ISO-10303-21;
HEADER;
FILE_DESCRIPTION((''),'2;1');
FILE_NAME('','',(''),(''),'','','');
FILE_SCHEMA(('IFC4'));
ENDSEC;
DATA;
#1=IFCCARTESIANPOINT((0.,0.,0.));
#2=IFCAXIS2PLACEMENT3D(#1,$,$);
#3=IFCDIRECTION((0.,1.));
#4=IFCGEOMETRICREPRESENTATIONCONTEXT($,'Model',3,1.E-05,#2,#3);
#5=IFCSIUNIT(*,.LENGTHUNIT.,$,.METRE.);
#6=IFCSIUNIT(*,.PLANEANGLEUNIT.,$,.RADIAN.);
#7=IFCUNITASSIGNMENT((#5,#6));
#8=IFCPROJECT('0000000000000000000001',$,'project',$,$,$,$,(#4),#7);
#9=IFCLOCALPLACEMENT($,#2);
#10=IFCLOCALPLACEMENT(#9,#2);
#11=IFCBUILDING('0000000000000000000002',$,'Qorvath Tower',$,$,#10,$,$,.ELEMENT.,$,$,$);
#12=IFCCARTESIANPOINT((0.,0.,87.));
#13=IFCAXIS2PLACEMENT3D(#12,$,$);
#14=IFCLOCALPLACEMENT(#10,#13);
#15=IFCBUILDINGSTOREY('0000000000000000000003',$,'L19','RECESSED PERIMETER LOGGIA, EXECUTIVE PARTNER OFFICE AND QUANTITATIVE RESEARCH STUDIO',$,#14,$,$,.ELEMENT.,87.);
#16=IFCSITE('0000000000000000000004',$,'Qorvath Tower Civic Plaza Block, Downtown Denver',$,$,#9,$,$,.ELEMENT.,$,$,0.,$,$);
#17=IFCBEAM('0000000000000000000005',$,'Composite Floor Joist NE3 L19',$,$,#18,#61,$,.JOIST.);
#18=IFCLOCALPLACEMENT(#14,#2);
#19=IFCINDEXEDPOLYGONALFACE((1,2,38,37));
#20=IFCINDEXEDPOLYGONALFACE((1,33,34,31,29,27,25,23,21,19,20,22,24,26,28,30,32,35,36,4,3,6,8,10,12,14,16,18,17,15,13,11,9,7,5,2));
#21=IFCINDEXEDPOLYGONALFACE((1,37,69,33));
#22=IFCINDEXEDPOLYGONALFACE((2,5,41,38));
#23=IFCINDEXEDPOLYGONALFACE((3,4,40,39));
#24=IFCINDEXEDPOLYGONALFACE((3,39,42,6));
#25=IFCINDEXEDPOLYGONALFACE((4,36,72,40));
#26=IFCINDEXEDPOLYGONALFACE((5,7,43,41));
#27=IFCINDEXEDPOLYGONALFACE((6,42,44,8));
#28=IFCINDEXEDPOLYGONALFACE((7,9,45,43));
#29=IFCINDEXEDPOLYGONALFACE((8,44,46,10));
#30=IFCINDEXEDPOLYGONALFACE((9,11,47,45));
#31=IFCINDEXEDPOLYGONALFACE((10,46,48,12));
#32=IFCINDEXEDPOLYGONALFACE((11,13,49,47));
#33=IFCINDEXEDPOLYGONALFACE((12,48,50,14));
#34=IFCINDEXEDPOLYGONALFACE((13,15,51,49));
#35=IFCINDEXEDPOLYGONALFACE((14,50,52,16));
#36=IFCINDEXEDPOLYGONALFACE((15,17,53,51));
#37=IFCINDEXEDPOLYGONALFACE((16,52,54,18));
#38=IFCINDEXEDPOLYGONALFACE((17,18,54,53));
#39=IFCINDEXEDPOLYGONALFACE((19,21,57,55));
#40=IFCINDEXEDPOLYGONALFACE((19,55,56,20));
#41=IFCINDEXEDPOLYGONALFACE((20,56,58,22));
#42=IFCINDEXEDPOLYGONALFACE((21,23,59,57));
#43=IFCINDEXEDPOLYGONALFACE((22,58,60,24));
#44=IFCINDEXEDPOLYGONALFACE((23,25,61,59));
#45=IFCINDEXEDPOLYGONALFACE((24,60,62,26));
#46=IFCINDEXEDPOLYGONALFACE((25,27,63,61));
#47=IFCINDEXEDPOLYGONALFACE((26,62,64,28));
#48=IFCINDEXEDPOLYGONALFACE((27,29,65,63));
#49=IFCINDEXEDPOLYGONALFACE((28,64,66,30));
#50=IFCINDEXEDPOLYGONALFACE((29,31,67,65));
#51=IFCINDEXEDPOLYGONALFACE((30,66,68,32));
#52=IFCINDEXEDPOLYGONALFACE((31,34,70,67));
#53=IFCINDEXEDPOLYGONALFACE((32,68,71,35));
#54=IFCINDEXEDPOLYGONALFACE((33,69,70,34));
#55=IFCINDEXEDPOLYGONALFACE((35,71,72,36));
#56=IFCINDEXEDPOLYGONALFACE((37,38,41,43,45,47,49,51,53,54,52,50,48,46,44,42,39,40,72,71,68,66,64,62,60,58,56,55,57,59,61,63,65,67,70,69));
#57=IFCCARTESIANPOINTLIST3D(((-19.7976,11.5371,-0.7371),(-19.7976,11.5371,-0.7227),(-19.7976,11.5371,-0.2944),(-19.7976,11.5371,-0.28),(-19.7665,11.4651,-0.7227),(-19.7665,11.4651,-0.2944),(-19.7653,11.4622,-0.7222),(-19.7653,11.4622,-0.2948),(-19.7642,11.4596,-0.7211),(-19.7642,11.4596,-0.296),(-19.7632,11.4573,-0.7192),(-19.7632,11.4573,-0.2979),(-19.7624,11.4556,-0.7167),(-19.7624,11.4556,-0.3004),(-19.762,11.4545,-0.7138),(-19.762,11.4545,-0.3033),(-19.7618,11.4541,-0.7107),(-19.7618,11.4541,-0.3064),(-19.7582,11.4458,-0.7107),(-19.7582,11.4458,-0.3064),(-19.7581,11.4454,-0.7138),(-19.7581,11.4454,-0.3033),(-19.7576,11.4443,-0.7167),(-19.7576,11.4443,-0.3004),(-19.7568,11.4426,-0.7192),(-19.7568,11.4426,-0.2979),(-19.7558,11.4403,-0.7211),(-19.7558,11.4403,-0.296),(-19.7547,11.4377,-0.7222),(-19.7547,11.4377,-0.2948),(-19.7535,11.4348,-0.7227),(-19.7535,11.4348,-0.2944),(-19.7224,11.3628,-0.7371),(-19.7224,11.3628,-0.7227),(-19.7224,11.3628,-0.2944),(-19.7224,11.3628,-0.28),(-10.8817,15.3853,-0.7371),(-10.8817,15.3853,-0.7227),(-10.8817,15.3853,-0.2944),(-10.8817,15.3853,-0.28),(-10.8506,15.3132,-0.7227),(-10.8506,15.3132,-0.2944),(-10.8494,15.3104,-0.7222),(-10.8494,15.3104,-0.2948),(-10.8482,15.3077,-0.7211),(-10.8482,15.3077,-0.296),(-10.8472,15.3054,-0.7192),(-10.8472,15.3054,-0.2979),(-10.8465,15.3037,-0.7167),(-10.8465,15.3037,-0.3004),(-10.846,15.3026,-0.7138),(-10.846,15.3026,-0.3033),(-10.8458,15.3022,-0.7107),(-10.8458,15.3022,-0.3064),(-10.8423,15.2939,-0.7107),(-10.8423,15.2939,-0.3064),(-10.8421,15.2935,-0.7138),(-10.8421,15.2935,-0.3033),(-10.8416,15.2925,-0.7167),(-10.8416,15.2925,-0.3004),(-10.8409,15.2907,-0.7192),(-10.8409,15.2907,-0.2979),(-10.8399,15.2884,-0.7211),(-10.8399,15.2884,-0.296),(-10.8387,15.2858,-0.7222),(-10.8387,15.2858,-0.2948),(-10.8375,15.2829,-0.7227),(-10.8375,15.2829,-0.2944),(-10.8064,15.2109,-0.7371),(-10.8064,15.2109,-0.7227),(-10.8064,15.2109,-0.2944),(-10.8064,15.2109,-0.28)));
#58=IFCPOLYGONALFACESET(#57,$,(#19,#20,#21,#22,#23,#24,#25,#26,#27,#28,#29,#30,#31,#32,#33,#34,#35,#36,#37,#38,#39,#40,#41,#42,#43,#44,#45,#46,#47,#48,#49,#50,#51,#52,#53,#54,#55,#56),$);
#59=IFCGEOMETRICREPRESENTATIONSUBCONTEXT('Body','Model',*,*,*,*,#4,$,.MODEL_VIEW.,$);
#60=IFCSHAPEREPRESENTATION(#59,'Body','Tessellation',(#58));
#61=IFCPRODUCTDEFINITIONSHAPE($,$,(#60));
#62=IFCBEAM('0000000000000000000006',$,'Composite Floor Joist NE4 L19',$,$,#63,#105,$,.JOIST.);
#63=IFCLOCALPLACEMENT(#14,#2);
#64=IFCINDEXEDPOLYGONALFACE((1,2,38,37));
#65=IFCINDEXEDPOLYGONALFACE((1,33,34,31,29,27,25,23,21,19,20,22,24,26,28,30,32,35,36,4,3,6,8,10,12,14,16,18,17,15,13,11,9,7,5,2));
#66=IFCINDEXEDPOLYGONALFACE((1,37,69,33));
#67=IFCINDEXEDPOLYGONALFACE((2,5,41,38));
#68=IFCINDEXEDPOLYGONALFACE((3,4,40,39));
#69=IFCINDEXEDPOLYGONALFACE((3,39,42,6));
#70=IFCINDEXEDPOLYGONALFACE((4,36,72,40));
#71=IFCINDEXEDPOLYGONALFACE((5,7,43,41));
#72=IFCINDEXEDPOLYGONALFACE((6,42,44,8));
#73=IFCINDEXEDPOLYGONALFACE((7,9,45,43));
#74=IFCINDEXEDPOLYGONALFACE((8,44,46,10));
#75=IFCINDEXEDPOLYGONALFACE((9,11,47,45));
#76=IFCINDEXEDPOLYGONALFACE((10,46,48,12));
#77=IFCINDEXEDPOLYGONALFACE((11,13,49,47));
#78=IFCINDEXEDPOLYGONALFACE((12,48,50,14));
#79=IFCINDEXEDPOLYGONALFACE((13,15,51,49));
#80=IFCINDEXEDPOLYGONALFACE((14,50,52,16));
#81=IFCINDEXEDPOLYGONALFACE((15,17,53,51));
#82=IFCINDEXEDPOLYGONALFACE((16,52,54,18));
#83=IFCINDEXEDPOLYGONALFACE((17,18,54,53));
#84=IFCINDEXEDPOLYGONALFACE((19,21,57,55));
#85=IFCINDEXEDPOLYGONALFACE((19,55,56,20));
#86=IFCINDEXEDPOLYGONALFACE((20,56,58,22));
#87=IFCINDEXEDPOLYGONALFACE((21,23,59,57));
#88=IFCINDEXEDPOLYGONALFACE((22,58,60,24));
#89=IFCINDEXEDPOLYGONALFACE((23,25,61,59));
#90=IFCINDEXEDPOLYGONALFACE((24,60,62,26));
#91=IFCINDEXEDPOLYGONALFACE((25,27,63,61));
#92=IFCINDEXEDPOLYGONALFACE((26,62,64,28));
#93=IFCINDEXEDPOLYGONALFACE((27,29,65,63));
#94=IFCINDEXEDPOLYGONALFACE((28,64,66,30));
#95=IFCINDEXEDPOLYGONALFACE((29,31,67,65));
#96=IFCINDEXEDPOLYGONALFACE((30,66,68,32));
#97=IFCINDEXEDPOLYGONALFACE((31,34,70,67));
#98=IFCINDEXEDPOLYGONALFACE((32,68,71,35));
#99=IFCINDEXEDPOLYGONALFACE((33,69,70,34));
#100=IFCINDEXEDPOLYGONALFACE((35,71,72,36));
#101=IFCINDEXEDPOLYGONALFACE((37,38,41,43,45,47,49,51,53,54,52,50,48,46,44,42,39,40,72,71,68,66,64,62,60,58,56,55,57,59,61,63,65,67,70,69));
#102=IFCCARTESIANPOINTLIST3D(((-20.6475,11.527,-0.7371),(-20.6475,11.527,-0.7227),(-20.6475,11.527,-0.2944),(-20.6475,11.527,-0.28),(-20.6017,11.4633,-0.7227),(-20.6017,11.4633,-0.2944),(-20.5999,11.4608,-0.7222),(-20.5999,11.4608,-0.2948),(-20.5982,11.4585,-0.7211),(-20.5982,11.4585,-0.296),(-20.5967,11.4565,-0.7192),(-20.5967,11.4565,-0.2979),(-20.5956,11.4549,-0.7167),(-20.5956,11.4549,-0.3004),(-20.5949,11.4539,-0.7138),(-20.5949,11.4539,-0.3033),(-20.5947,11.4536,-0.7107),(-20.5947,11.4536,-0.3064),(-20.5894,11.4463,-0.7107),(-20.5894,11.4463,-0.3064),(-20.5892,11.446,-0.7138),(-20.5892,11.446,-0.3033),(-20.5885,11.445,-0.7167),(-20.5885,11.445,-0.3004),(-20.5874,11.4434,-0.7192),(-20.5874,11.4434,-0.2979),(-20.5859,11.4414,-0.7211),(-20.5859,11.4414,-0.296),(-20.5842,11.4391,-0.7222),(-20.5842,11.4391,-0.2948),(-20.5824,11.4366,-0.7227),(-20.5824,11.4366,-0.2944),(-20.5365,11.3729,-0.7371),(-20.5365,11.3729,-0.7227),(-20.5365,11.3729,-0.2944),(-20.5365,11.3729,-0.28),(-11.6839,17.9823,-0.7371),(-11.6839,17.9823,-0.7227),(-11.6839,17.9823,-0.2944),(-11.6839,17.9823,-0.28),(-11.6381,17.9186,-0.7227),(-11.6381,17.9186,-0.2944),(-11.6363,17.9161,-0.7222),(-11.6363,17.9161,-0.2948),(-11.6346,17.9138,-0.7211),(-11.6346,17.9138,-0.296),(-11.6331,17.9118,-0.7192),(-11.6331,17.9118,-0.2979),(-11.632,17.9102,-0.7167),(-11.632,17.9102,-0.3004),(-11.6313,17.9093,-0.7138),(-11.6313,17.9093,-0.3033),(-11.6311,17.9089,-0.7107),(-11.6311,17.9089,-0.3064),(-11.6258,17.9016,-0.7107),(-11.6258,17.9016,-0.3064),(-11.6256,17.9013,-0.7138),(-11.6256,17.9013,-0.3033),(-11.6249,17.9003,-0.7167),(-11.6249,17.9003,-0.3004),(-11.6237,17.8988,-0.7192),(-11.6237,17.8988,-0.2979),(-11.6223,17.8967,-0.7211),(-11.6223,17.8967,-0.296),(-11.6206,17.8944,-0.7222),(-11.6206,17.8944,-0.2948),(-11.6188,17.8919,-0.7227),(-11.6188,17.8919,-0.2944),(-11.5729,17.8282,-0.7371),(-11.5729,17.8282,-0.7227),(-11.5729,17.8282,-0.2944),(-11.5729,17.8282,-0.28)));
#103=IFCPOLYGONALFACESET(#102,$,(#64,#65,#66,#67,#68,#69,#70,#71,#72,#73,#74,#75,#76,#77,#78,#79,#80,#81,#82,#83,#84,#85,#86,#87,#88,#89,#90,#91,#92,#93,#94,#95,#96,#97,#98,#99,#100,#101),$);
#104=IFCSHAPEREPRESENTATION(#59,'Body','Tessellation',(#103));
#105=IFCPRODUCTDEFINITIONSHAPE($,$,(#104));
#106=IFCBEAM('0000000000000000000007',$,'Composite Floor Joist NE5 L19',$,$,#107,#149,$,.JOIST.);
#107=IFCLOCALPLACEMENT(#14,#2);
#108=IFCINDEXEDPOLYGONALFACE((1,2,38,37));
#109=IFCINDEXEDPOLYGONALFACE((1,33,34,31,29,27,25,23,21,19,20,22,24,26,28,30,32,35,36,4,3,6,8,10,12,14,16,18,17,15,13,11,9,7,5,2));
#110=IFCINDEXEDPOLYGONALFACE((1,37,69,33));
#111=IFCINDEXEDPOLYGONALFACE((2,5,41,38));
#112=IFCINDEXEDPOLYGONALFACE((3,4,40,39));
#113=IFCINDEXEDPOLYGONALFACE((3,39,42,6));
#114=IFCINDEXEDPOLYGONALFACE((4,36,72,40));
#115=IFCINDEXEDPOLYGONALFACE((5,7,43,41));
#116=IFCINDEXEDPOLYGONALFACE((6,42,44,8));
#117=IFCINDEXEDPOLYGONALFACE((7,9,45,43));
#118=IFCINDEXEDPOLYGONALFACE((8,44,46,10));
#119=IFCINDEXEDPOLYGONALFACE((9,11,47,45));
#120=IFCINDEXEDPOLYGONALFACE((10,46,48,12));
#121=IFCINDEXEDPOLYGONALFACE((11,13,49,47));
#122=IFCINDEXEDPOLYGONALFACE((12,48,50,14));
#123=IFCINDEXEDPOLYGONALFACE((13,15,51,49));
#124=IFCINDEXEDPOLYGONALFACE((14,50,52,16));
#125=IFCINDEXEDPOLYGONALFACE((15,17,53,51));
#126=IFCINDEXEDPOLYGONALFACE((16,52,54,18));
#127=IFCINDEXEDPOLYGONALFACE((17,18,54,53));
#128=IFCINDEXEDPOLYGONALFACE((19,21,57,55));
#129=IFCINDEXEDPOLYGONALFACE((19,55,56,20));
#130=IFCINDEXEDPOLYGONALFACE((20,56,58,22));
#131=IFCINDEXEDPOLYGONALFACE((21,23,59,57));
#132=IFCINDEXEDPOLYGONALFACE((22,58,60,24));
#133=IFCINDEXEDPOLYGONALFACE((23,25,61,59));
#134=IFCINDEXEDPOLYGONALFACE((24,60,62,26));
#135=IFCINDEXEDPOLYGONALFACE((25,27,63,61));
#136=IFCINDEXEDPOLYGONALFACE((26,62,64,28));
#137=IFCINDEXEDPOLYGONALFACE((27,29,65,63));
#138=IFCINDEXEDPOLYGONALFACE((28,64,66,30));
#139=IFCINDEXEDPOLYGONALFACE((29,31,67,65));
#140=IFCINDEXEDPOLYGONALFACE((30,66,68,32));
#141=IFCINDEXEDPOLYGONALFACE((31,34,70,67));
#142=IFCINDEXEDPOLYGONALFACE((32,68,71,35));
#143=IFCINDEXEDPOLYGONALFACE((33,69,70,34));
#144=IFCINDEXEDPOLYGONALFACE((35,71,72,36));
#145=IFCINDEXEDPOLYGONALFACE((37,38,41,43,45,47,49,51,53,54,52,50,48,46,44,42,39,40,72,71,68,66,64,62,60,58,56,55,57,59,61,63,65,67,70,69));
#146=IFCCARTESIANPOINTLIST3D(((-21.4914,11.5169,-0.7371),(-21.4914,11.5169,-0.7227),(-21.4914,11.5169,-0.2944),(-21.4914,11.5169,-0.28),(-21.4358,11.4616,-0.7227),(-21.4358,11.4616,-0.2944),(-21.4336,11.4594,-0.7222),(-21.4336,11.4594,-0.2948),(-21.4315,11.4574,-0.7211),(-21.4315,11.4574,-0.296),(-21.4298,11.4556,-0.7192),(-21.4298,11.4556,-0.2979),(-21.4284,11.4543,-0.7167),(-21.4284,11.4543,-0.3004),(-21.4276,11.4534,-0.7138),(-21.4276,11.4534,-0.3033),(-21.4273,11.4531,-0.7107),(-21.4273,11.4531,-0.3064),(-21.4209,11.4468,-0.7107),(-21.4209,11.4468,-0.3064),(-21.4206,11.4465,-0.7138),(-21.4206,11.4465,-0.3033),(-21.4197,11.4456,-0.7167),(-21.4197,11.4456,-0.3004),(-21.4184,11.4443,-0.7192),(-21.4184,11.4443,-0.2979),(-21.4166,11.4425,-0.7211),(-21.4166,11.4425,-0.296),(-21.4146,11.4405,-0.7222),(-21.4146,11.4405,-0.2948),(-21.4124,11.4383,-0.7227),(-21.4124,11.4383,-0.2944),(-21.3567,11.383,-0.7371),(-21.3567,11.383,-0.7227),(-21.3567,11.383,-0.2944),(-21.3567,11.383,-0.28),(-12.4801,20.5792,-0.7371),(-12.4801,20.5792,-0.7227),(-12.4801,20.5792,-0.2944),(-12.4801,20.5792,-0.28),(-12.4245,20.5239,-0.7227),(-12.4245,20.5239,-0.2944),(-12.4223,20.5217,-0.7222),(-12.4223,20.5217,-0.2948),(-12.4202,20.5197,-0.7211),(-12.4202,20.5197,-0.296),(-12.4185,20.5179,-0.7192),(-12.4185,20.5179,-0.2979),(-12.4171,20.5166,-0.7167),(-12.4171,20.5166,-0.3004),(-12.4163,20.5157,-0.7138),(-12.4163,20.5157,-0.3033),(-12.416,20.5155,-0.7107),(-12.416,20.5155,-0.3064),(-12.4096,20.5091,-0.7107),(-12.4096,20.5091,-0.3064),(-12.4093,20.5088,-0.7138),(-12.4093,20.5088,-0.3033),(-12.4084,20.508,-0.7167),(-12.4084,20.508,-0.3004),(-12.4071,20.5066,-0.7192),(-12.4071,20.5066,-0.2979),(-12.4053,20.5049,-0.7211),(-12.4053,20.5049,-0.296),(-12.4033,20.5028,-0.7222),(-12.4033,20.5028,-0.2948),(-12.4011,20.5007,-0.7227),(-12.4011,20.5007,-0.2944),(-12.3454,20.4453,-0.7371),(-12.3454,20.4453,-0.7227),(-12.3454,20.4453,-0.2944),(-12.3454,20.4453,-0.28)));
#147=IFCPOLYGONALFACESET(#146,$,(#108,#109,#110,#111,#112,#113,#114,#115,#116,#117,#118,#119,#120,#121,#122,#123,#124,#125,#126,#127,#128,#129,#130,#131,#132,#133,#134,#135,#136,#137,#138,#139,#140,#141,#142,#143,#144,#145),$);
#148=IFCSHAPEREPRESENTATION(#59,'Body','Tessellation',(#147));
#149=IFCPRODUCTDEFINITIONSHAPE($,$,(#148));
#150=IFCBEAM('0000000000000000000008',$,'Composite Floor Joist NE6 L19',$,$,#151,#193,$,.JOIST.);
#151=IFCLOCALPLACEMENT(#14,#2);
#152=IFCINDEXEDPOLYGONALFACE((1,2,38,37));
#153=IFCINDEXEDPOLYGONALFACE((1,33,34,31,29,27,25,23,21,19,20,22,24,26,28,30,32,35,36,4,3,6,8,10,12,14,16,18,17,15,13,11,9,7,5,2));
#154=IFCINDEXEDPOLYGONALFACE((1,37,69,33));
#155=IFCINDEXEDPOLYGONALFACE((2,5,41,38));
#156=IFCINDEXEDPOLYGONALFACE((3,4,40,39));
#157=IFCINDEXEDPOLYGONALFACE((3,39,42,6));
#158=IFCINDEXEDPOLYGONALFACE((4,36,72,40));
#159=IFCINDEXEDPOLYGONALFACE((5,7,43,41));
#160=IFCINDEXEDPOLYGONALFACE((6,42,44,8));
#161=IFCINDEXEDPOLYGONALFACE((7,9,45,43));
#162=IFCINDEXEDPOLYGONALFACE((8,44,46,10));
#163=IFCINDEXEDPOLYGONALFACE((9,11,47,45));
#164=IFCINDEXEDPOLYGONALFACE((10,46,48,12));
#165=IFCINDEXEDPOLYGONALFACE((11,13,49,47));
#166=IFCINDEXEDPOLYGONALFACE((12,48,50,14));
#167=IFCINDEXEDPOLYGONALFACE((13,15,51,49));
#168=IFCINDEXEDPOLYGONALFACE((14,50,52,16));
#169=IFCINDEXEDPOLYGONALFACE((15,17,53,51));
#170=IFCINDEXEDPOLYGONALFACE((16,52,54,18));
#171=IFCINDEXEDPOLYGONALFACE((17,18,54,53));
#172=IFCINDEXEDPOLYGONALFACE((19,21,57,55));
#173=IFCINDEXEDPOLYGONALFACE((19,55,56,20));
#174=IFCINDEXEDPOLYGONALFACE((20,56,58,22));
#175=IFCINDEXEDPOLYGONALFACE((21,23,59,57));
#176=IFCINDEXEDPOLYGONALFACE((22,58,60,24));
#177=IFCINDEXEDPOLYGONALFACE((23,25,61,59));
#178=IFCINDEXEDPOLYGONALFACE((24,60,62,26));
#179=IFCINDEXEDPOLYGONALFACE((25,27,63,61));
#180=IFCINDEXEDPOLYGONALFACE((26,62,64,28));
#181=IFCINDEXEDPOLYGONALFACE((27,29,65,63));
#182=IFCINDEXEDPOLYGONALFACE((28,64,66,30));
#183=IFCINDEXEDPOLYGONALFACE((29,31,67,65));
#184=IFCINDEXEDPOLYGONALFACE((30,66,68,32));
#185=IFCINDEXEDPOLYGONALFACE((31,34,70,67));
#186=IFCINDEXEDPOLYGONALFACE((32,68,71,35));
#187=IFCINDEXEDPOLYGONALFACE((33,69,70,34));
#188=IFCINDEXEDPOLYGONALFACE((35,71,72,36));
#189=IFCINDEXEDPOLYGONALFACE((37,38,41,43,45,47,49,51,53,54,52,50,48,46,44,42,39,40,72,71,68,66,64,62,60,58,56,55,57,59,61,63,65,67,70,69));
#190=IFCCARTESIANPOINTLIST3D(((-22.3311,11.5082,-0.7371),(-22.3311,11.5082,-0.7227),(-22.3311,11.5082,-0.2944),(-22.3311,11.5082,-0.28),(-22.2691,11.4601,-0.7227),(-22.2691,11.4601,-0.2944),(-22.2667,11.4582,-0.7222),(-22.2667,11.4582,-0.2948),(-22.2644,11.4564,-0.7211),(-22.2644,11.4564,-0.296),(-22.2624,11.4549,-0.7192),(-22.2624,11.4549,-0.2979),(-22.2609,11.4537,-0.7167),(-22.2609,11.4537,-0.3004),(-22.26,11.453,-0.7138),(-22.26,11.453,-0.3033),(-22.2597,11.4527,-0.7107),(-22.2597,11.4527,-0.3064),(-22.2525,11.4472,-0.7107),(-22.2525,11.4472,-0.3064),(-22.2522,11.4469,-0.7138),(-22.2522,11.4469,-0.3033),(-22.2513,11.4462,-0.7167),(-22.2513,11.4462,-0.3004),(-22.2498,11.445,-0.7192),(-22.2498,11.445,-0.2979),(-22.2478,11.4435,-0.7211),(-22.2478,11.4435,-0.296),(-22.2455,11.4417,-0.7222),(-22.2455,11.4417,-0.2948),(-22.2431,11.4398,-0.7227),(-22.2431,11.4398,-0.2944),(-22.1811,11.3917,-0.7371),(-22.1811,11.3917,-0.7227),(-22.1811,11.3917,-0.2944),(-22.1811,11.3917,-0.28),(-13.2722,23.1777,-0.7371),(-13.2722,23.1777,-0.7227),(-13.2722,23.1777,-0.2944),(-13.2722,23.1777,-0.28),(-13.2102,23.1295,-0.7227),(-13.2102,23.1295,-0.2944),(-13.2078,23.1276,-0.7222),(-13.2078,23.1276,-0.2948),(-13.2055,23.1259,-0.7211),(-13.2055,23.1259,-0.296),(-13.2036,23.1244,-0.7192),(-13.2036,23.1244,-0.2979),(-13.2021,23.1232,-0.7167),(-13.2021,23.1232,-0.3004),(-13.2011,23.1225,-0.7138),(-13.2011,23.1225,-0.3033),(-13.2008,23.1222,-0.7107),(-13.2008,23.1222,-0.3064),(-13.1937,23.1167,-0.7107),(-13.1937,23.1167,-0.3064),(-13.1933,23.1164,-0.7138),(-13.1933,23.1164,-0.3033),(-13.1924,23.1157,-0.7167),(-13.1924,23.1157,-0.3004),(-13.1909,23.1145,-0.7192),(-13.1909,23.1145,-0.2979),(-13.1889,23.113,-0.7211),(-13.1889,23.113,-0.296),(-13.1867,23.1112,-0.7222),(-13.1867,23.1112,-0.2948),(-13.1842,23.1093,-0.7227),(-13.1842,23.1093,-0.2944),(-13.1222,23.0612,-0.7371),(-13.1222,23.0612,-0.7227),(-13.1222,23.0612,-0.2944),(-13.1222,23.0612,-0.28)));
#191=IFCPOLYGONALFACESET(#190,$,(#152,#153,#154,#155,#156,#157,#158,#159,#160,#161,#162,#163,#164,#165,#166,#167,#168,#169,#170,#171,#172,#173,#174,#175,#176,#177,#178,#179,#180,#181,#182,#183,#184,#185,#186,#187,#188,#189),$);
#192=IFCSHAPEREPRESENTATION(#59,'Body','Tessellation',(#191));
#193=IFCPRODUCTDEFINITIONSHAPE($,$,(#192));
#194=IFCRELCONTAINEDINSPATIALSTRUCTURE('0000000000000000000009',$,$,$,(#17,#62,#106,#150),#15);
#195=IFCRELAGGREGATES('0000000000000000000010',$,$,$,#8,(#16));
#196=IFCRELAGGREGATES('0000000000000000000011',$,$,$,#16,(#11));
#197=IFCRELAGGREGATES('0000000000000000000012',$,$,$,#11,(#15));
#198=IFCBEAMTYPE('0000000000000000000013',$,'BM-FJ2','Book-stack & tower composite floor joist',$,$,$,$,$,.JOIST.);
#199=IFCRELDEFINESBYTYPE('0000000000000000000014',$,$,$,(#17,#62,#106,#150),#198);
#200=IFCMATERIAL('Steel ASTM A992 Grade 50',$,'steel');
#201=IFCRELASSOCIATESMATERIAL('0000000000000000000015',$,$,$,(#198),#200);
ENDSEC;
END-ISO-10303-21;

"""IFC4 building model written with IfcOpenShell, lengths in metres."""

from ifc_helpers import new_model, si_unit, direction, frame, origin, origin_2d, place, context, subcontext, project, spatial, i_section, extrude, material, material_profile, profile_set, type_object, element, save


model = new_model("IFC4")

# Units and contexts
model_context = context("Model", 3, precision=1e-05, world=origin(), true_north=direction((0.0, 1.0)))
body_context = subcontext(model_context, "Body", "Model", "MODEL_VIEW")
ifc_project = project(units=[si_unit("LENGTHUNIT", "METRE"), si_unit("PLANEANGLEUNIT", "RADIAN")], contexts=[model_context])

# Site, building, storey
site_placement = place(None, origin())
site = spatial("IfcSite", under=ifc_project, at=site_placement, Name="Qorvath Tower Civic Plaza Block, Downtown Denver", CompositionType="ELEMENT", RefElevation=0.0)
building_placement = place(site_placement, origin())
building = spatial("IfcBuilding", under=site, at=building_placement, Name="Qorvath Tower", CompositionType="ELEMENT")
storey_placement = place(building_placement, frame((0.0, 0.0, 87.0)))
storey = spatial("IfcBuildingStorey", under=building, at=storey_placement, Name="L19", Description="RECESSED PERIMETER LOGGIA, EXECUTIVE PARTNER OFFICE AND QUANTITATIVE RESEARCH STUDIO", CompositionType="ELEMENT", Elevation=87.0)

# Beams
ifc_material_1 = material(Name="Steel ASTM A992 Grade 50", Category="steel")
ifc_material_profile_1 = material_profile(ifc_material_1, i_section(OverallWidth=0.1899, OverallDepth=0.457, WebThickness=0.009, FlangeThickness=0.0144, FilletRadius=0.012, at=origin_2d()), Name="W18x50")
ifc_profile_set_1 = profile_set([ifc_material_profile_1], Name="Steel ASTM A992 Grade 50")
beam_type_1 = type_object("IfcBeamType", Name="BM-FJ2", Description="Book-stack & tower composite floor joist", PredefinedType="JOIST", material=ifc_profile_set_1)
beam_1_placement = place(storey_placement, frame((-19.76, 11.45, -0.5085), z_axis=(0.918136, 0.396266, 0.0), x_axis=(-0.396266, 0.918136, 0.0)))
element("IfcBeam", 1, at=beam_1_placement, inside=storey, type_object=beam_type_1, Name="Composite Floor Joist NE3 L19", PredefinedType="JOIST", context=body_context, shape_type="SweptSolid", body=[
    extrude(i_section(OverallWidth=0.1899, OverallDepth=0.457, WebThickness=0.009, FlangeThickness=0.0144, FilletRadius=0.012, at=origin_2d()), origin(), (0.0, 0.0, 1.0), 9.7109),
])
beam_2_placement = place(storey_placement, frame((-20.592, 11.45, -0.5085), z_axis=(0.811469, 0.584395, 0.0), x_axis=(-0.584395, 0.811469, 0.0)))
element("IfcBeam", 2, at=beam_2_placement, inside=storey, type_object=beam_type_1, Name="Composite Floor Joist NE4 L19", PredefinedType="JOIST", context=body_context, shape_type="SweptSolid", body=[
    extrude(i_section(OverallWidth=0.1899, OverallDepth=0.457, WebThickness=0.009, FlangeThickness=0.0144, FilletRadius=0.012, at=origin_2d()), origin(), (0.0, 0.0, 1.0), 11.0461),
])
beam_3_placement = place(storey_placement, frame((-21.4241, 11.45, -0.5085), z_axis=(0.705108, 0.7091, 0.0), x_axis=(-0.7091, 0.705108, 0.0)))
element("IfcBeam", 3, at=beam_3_placement, inside=storey, type_object=beam_type_1, Name="Composite Floor Joist NE5 L19", PredefinedType="JOIST", context=body_context, shape_type="SweptSolid", body=[
    extrude(i_section(OverallWidth=0.1899, OverallDepth=0.457, WebThickness=0.009, FlangeThickness=0.0144, FilletRadius=0.012, at=origin_2d()), origin(), (0.0, 0.0, 1.0), 12.78),
])
beam_4_placement = place(storey_placement, frame((-22.2561, 11.45, -0.5085), z_axis=(0.613207, 0.789922, 0.0), x_axis=(-0.789922, 0.613207, 0.0)))
element("IfcBeam", 4, at=beam_4_placement, inside=storey, type_object=beam_type_1, Name="Composite Floor Joist NE6 L19", PredefinedType="JOIST", context=body_context, shape_type="SweptSolid", body=[
    extrude(i_section(OverallWidth=0.1899, OverallDepth=0.457, WebThickness=0.009, FlangeThickness=0.0144, FilletRadius=0.012, at=origin_2d()), origin(), (0.0, 0.0, 1.0), 14.7729),
])

save(model, "model.ifc")
